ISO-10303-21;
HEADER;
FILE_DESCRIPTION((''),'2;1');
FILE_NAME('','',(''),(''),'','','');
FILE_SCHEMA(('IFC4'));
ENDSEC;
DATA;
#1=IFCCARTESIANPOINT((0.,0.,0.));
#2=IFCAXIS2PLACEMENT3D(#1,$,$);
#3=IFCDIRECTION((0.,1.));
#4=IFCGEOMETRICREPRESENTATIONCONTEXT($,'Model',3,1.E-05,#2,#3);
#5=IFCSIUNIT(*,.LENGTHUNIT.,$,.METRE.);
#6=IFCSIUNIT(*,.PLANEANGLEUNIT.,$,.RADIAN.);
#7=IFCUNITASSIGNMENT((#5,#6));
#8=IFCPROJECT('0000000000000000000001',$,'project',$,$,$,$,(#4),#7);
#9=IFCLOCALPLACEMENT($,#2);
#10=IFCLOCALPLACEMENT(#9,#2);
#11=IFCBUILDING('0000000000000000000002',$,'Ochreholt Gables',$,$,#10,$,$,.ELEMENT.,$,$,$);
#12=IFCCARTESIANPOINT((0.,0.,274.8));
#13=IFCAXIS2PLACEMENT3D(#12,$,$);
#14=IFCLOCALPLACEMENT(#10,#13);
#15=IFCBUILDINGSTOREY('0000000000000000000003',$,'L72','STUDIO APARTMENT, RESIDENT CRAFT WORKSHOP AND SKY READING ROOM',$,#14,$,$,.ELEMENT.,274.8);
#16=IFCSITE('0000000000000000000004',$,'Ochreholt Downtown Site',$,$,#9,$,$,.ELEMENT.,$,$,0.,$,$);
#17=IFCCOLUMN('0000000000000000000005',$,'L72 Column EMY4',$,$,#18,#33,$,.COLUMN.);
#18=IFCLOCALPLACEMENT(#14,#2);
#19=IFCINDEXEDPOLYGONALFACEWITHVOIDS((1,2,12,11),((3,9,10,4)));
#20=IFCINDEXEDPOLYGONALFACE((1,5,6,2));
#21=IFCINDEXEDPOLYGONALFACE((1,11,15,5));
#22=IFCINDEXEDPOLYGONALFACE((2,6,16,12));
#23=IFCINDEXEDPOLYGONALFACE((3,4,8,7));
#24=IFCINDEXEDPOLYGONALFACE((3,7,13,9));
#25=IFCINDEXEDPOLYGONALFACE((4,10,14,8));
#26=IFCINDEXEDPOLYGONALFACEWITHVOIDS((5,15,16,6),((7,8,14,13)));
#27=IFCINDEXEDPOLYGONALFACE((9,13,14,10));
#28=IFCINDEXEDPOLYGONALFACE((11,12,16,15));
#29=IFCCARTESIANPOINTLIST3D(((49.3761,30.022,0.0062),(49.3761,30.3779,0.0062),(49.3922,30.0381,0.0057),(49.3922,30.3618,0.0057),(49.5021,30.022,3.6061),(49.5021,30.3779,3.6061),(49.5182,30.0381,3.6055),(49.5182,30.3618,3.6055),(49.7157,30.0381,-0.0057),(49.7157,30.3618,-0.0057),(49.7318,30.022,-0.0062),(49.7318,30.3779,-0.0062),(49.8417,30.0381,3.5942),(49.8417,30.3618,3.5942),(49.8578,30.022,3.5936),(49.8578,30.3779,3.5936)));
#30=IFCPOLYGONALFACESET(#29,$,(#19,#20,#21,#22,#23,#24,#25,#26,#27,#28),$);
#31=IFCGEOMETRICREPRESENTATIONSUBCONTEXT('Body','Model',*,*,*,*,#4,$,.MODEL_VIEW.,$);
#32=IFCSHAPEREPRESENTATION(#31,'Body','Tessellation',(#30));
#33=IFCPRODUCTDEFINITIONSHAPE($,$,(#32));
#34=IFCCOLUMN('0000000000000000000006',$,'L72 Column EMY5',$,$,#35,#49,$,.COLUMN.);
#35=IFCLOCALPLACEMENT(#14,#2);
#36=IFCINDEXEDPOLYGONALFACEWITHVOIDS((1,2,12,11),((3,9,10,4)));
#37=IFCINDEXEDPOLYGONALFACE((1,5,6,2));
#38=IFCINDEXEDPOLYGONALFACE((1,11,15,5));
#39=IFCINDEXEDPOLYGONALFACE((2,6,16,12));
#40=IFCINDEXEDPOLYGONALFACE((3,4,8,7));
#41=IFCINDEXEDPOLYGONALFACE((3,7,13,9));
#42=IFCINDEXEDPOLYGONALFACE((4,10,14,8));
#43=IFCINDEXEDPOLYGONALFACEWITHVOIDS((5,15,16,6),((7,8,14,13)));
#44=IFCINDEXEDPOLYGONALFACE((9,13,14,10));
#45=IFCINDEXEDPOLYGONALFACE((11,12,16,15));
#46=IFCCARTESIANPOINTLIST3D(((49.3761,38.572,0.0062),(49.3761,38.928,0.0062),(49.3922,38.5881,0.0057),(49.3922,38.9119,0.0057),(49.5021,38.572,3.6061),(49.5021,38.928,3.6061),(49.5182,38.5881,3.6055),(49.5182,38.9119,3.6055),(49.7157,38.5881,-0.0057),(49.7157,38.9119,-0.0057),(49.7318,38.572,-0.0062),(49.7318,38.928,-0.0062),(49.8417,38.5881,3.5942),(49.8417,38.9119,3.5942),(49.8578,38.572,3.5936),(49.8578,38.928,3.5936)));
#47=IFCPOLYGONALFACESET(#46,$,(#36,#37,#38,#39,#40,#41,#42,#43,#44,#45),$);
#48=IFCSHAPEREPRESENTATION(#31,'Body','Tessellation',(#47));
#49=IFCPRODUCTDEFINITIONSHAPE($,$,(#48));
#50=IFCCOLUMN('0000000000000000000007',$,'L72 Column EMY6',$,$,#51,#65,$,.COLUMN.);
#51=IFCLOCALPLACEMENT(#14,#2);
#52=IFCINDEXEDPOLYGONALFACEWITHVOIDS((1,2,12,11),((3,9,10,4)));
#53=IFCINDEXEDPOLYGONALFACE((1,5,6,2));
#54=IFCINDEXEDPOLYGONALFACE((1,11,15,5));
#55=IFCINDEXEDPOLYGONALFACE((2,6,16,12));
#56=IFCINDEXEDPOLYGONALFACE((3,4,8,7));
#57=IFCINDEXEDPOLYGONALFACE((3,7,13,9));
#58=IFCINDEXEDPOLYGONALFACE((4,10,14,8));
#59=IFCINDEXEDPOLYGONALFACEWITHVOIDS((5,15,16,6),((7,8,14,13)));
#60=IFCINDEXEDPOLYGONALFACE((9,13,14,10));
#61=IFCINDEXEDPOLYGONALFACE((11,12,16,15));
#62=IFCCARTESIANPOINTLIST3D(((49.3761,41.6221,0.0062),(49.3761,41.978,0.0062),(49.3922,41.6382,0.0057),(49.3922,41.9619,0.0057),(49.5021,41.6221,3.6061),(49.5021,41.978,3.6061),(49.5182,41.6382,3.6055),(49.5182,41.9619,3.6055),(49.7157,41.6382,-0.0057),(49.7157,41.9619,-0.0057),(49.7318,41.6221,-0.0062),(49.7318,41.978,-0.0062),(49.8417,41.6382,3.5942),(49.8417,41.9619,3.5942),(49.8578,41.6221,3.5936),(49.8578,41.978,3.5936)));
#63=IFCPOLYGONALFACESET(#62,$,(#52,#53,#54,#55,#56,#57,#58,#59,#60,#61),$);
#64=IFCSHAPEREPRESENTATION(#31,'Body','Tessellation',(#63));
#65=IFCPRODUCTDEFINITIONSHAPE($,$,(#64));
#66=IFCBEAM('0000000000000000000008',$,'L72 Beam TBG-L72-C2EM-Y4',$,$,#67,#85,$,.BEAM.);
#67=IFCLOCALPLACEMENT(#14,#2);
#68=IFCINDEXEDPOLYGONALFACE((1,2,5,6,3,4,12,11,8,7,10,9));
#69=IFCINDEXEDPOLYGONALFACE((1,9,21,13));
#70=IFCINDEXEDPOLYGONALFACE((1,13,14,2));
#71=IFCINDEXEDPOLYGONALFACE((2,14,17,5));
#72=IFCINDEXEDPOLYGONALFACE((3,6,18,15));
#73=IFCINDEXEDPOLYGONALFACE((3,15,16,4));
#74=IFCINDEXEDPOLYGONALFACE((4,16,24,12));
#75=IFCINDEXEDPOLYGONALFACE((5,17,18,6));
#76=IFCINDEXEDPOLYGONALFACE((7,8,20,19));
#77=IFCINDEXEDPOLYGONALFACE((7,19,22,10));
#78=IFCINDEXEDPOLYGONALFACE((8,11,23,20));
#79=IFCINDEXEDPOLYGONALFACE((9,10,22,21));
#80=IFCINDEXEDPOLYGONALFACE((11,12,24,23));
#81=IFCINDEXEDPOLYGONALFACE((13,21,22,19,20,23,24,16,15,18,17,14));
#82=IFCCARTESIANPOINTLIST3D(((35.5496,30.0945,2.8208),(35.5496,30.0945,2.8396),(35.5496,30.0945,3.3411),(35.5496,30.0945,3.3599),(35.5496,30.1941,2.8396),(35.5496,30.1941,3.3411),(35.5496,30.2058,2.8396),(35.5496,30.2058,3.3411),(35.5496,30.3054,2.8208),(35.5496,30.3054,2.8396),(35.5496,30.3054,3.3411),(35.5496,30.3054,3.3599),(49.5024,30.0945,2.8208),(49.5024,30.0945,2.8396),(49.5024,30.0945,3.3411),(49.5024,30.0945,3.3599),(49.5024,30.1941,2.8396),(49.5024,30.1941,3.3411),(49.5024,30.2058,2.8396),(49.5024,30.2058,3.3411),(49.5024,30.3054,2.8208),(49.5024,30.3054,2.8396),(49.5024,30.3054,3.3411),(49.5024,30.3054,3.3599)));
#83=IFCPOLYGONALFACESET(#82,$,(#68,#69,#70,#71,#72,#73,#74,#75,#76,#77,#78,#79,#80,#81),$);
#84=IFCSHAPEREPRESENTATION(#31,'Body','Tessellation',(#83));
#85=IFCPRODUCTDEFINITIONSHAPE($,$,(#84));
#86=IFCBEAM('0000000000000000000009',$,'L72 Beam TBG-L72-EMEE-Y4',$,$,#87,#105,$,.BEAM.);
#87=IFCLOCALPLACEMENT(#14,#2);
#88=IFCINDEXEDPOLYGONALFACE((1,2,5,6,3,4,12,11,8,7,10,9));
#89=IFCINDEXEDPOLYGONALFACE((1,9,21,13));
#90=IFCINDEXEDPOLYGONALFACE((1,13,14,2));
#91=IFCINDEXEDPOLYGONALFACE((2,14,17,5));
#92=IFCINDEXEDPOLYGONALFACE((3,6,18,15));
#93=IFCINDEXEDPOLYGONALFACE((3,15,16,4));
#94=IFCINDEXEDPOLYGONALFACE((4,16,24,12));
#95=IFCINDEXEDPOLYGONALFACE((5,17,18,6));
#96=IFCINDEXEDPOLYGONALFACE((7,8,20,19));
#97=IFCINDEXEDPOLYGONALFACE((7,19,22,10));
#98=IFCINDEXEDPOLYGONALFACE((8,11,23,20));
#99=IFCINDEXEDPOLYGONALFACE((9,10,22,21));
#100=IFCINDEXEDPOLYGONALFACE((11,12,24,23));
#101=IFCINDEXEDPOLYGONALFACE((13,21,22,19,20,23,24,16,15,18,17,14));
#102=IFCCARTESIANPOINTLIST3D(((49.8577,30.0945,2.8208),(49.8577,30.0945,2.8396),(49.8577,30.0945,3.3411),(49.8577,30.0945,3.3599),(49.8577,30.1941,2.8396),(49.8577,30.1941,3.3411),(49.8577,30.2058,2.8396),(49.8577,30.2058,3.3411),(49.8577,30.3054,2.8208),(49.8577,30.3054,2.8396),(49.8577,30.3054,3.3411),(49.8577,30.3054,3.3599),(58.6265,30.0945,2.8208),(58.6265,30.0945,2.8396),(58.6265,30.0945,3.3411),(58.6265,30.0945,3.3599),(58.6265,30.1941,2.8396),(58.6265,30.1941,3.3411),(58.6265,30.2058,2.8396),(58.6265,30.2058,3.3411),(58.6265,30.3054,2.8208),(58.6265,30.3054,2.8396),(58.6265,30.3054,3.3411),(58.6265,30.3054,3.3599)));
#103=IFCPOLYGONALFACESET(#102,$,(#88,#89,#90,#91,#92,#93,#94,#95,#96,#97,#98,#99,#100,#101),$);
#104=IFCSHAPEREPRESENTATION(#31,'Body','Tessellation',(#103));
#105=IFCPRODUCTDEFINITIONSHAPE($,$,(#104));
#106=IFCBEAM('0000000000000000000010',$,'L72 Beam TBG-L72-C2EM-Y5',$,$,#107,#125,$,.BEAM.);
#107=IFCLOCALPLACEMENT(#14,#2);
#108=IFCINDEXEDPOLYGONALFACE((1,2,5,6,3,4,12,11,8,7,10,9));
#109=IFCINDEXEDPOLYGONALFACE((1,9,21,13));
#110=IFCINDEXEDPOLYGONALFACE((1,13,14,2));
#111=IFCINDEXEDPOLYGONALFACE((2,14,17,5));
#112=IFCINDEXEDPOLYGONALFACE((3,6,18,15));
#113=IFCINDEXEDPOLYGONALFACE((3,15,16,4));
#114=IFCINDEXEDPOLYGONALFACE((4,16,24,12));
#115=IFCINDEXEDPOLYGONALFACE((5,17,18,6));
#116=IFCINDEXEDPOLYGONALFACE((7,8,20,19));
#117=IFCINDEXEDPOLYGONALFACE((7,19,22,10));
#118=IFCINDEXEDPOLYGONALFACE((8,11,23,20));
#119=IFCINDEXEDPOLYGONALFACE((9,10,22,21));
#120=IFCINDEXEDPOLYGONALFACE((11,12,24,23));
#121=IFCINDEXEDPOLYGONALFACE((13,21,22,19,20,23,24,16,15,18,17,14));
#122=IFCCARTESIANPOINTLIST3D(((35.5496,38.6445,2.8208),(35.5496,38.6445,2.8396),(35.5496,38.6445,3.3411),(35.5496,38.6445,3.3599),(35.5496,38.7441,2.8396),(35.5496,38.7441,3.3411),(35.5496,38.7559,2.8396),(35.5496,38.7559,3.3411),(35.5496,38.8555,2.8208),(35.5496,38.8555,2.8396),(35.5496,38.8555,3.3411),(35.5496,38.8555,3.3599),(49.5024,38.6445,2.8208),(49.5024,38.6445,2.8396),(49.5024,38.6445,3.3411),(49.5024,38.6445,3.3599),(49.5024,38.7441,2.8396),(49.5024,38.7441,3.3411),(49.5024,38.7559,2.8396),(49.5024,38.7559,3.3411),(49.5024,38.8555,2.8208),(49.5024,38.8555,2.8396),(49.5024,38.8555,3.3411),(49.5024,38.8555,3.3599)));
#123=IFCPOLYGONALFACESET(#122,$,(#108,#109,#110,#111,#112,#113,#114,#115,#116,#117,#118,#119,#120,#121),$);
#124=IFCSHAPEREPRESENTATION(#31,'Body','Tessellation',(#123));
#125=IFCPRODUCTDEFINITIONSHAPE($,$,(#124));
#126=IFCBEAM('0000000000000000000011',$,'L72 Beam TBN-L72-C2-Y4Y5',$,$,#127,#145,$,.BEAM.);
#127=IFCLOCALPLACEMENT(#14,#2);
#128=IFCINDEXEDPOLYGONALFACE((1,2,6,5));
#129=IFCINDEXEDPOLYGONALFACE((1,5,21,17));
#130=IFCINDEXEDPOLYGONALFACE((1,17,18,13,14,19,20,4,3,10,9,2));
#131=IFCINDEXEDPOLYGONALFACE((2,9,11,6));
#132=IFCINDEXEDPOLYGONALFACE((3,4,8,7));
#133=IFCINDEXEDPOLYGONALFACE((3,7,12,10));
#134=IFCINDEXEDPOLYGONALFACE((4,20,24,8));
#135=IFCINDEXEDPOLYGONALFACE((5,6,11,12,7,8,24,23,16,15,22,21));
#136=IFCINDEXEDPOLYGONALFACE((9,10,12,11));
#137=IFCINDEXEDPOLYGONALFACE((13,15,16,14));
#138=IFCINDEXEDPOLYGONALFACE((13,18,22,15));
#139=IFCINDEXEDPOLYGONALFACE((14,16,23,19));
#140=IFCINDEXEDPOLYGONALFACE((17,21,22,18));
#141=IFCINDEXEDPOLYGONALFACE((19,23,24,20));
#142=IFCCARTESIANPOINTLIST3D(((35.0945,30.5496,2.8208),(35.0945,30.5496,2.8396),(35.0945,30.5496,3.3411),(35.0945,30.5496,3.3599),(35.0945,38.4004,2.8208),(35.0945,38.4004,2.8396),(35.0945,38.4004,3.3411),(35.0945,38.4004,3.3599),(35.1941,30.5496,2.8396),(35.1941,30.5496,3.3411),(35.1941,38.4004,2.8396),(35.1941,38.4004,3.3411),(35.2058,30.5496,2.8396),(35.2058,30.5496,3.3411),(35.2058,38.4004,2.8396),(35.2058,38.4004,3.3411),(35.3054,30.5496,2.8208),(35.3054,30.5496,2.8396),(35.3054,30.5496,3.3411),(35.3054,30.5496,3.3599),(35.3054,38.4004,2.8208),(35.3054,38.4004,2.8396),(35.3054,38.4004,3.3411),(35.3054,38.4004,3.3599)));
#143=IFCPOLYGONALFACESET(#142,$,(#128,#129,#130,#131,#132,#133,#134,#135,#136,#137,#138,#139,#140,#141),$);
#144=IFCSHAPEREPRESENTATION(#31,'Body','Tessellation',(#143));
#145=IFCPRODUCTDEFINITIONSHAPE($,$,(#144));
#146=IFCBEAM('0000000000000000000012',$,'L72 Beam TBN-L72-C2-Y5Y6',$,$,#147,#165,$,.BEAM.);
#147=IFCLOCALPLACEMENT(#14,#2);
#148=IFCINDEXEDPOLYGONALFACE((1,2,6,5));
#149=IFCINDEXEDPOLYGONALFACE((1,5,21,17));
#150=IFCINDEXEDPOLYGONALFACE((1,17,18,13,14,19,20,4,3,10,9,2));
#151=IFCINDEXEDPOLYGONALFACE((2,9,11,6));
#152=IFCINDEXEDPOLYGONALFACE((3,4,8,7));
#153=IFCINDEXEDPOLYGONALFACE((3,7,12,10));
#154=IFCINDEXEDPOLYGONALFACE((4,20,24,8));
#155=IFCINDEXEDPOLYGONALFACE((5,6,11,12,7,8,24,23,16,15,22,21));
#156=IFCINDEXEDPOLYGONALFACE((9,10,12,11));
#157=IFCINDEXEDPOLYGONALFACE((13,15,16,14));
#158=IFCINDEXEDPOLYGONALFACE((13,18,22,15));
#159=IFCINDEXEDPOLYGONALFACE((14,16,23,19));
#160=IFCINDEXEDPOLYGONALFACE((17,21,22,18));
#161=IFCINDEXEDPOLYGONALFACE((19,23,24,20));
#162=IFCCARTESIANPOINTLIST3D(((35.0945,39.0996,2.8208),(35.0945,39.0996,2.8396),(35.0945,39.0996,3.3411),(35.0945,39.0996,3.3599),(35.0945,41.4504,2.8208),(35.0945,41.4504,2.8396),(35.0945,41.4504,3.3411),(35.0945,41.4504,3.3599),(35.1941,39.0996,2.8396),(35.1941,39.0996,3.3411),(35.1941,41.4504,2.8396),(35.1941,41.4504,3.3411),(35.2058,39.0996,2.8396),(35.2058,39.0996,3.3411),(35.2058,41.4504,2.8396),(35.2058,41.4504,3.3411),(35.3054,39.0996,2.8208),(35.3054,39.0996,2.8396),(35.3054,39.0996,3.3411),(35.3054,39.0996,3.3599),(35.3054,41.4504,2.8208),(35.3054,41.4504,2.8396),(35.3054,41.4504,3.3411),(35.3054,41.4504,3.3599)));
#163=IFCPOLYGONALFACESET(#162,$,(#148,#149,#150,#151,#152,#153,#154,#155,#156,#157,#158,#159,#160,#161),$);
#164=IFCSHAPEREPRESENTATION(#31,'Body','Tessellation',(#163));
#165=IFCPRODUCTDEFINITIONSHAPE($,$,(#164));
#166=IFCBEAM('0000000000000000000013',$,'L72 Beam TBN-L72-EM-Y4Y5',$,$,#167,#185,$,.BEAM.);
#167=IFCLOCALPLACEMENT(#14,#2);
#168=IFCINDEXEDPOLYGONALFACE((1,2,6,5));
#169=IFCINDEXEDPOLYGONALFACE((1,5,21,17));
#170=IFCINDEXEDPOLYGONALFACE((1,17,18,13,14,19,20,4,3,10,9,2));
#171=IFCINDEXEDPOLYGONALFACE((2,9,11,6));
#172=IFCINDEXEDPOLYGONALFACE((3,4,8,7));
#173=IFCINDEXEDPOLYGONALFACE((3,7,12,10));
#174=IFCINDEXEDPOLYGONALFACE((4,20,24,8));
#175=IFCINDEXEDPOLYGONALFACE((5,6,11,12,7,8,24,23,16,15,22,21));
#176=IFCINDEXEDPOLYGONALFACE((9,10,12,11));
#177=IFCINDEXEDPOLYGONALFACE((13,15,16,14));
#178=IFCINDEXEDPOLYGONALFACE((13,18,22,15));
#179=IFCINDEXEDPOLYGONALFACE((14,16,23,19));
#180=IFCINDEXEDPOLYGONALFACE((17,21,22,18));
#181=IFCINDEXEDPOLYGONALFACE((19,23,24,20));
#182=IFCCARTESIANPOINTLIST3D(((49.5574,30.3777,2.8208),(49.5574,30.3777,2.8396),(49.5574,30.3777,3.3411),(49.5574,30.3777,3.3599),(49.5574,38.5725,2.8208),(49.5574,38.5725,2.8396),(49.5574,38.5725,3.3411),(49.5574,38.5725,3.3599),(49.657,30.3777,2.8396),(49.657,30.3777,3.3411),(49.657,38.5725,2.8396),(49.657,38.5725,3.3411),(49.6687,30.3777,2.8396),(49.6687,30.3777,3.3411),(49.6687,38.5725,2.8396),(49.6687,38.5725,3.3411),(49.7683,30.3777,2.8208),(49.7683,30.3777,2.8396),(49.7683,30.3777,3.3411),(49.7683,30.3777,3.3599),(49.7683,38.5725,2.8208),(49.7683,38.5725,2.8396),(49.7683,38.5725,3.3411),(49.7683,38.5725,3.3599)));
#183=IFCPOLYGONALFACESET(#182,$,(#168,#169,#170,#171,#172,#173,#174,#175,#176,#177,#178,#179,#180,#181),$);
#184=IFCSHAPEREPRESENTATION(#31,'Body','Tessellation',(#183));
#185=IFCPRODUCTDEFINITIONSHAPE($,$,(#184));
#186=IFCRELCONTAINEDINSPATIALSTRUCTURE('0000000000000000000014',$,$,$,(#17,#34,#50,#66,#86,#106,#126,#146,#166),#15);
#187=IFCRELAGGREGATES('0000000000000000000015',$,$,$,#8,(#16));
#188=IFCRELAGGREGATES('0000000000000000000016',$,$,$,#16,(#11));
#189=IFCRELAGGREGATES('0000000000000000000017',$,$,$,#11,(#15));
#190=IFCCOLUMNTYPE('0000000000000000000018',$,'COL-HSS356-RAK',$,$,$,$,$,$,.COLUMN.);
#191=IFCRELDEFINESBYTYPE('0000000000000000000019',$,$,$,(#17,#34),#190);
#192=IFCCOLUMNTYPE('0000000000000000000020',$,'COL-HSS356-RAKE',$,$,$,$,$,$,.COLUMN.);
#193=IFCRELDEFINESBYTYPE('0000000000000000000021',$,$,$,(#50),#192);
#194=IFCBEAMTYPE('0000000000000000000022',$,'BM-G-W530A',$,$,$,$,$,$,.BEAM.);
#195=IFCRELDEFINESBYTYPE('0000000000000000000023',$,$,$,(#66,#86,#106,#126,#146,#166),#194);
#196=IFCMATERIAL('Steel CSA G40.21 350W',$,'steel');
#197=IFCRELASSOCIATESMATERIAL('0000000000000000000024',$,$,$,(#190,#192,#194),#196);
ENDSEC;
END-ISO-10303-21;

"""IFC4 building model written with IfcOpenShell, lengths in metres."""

from ifc_helpers import new_model, si_unit, direction, frame, origin, origin_2d, place, context, subcontext, project, spatial, hollow_rectangle, i_section, extrude, material, material_profile, profile_set, type_object, element, save


model = new_model("IFC4")

# Units and contexts
model_context = context("Model", 3, precision=1e-05, world=origin(), true_north=direction((0.0, 1.0)))
body_context = subcontext(model_context, "Body", "Model", "MODEL_VIEW")
ifc_project = project(units=[si_unit("LENGTHUNIT", "METRE"), si_unit("PLANEANGLEUNIT", "RADIAN")], contexts=[model_context])

# Site, building, storey
site_placement = place(None, origin())
site = spatial("IfcSite", under=ifc_project, at=site_placement, Name="Ochreholt Downtown Site", CompositionType="ELEMENT", RefElevation=0.0)
building_placement = place(site_placement, origin())
building = spatial("IfcBuilding", under=site, at=building_placement, Name="Ochreholt Gables", CompositionType="ELEMENT")
storey_placement = place(building_placement, frame((0.0, 0.0, 274.8)))
storey = spatial("IfcBuildingStorey", under=building, at=storey_placement, Name="L72", Description="STUDIO APARTMENT, RESIDENT CRAFT WORKSHOP AND SKY READING ROOM", CompositionType="ELEMENT", Elevation=274.8)

# Columns
ifc_material_1 = material(Name="Steel CSA G40.21 350W", Category="steel")
ifc_material_profile_1 = material_profile(ifc_material_1, hollow_rectangle(XDim=0.356, YDim=0.356, WallThickness=0.0161, at=origin_2d()), Name="HSS356X356X16")
ifc_profile_set_1 = profile_set([ifc_material_profile_1], Name="Steel CSA G40.21 350W")
column_type_1 = type_object("IfcColumnType", Name="COL-HSS356-RAK", PredefinedType="COLUMN", material=ifc_profile_set_1)
for number, where, z_axis, x_axis, name in (
    (1, (49.554, 30.2, 0.0), (0.034974, 0.0, 0.999388), (0.0, 1.0, 0.0), "L72 Column EMY4"),
    (2, (49.554, 38.75, 0.0), (0.034974, 0.0, 0.999388), (0.0, 1.0, 0.0), "L72 Column EMY5"),
):
    element("IfcColumn", number, at=place(storey_placement, frame(where, z_axis=z_axis, x_axis=x_axis)), inside=storey, type_object=column_type_1, Name=name, PredefinedType="COLUMN", context=body_context, shape_type="SweptSolid", body=[
        extrude(hollow_rectangle(XDim=0.356, YDim=0.356, WallThickness=0.0161, at=origin_2d()), origin(), (0.0, 0.0, 1.0), 3.6021),
    ])
ifc_material_profile_2 = material_profile(ifc_material_1, hollow_rectangle(XDim=0.356, YDim=0.356, WallThickness=0.0161, at=origin_2d()), Name="HSS356X356X16")
ifc_profile_set_2 = profile_set([ifc_material_profile_2], Name="Steel CSA G40.21 350W")
column_type_2 = type_object("IfcColumnType", Name="COL-HSS356-RAKE", PredefinedType="COLUMN", material=ifc_profile_set_2)
column_placement = place(storey_placement, frame((49.554, 41.8, 0.0), z_axis=(0.034974, 0.0, 0.999388), x_axis=(0.0, 1.0, 0.0)))
element("IfcColumn", 3, at=column_placement, inside=storey, type_object=column_type_2, Name="L72 Column EMY6", PredefinedType="COLUMN", context=body_context, shape_type="SweptSolid", body=[
    extrude(hollow_rectangle(XDim=0.356, YDim=0.356, WallThickness=0.0161, at=origin_2d()), origin(), (0.0, 0.0, 1.0), 3.6021),
])

# Beams
ifc_material_profile_3 = material_profile(ifc_material_1, i_section(OverallWidth=0.2109, OverallDepth=0.5391, WebThickness=0.0117, FlangeThickness=0.0188, at=origin_2d()), Name="W530X109")
ifc_profile_set_3 = profile_set([ifc_material_profile_3], Name="Steel CSA G40.21 350W")
beam_type_1 = type_object("IfcBeamType", Name="BM-G-W530A", PredefinedType="BEAM", material=ifc_profile_set_3)
beam_1_placement = place(storey_placement, frame((35.5496, 30.2, 3.0903), z_axis=(1.0, 0.0, 0.0), x_axis=(0.0, 1.0, 0.0)))
element("IfcBeam", 4, at=beam_1_placement, inside=storey, type_object=beam_type_1, Name="L72 Beam TBG-L72-C2EM-Y4", PredefinedType="BEAM", context=body_context, shape_type="SweptSolid", body=[
    extrude(i_section(OverallWidth=0.2109, OverallDepth=0.5391, WebThickness=0.0117, FlangeThickness=0.0188, at=origin_2d()), origin(), (0.0, 0.0, 1.0), 13.9529),
])
beam_2_placement = place(storey_placement, frame((49.8577, 30.2, 3.0903), z_axis=(1.0, 0.0, 0.0), x_axis=(0.0, 1.0, 0.0)))
element("IfcBeam", 5, at=beam_2_placement, inside=storey, type_object=beam_type_1, Name="L72 Beam TBG-L72-EMEE-Y4", PredefinedType="BEAM", context=body_context, shape_type="SweptSolid", body=[
    extrude(i_section(OverallWidth=0.2109, OverallDepth=0.5391, WebThickness=0.0117, FlangeThickness=0.0188, at=origin_2d()), origin(), (0.0, 0.0, 1.0), 8.7688),
])
beam_3_placement = place(storey_placement, frame((35.5496, 38.75, 3.0903), z_axis=(1.0, 0.0, 0.0), x_axis=(0.0, 1.0, 0.0)))
element("IfcBeam", 6, at=beam_3_placement, inside=storey, type_object=beam_type_1, Name="L72 Beam TBG-L72-C2EM-Y5", PredefinedType="BEAM", context=body_context, shape_type="SweptSolid", body=[
    extrude(i_section(OverallWidth=0.2109, OverallDepth=0.5391, WebThickness=0.0117, FlangeThickness=0.0188, at=origin_2d()), origin(), (0.0, 0.0, 1.0), 13.9529),
])
beam_4_placement = place(storey_placement, frame((35.2, 30.5496, 3.0903), z_axis=(0.0, 1.0, 0.0), x_axis=(-1.0, 0.0, 0.0)))
element("IfcBeam", 7, at=beam_4_placement, inside=storey, type_object=beam_type_1, Name="L72 Beam TBN-L72-C2-Y4Y5", PredefinedType="BEAM", context=body_context, shape_type="SweptSolid", body=[
    extrude(i_section(OverallWidth=0.2109, OverallDepth=0.5391, WebThickness=0.0117, FlangeThickness=0.0188, at=origin_2d()), origin(), (0.0, 0.0, 1.0), 7.8508),
])
beam_5_placement = place(storey_placement, frame((35.2, 39.0996, 3.0903), z_axis=(0.0, 1.0, 0.0), x_axis=(-1.0, 0.0, 0.0)))
element("IfcBeam", 8, at=beam_5_placement, inside=storey, type_object=beam_type_1, Name="L72 Beam TBN-L72-C2-Y5Y6", PredefinedType="BEAM", context=body_context, shape_type="SweptSolid", body=[
    extrude(i_section(OverallWidth=0.2109, OverallDepth=0.5391, WebThickness=0.0117, FlangeThickness=0.0188, at=origin_2d()), origin(), (0.0, 0.0, 1.0), 2.3508),
])
beam_6_placement = place(storey_placement, frame((49.6628, 30.3777, 3.0903), z_axis=(0.0, 1.0, 0.0), x_axis=(-1.0, 0.0, 0.0)))
element("IfcBeam", 9, at=beam_6_placement, inside=storey, type_object=beam_type_1, Name="L72 Beam TBN-L72-EM-Y4Y5", PredefinedType="BEAM", context=body_context, shape_type="SweptSolid", body=[
    extrude(i_section(OverallWidth=0.2109, OverallDepth=0.5391, WebThickness=0.0117, FlangeThickness=0.0188, at=origin_2d()), origin(), (0.0, 0.0, 1.0), 8.1948),
])

save(model, "model.ifc")
